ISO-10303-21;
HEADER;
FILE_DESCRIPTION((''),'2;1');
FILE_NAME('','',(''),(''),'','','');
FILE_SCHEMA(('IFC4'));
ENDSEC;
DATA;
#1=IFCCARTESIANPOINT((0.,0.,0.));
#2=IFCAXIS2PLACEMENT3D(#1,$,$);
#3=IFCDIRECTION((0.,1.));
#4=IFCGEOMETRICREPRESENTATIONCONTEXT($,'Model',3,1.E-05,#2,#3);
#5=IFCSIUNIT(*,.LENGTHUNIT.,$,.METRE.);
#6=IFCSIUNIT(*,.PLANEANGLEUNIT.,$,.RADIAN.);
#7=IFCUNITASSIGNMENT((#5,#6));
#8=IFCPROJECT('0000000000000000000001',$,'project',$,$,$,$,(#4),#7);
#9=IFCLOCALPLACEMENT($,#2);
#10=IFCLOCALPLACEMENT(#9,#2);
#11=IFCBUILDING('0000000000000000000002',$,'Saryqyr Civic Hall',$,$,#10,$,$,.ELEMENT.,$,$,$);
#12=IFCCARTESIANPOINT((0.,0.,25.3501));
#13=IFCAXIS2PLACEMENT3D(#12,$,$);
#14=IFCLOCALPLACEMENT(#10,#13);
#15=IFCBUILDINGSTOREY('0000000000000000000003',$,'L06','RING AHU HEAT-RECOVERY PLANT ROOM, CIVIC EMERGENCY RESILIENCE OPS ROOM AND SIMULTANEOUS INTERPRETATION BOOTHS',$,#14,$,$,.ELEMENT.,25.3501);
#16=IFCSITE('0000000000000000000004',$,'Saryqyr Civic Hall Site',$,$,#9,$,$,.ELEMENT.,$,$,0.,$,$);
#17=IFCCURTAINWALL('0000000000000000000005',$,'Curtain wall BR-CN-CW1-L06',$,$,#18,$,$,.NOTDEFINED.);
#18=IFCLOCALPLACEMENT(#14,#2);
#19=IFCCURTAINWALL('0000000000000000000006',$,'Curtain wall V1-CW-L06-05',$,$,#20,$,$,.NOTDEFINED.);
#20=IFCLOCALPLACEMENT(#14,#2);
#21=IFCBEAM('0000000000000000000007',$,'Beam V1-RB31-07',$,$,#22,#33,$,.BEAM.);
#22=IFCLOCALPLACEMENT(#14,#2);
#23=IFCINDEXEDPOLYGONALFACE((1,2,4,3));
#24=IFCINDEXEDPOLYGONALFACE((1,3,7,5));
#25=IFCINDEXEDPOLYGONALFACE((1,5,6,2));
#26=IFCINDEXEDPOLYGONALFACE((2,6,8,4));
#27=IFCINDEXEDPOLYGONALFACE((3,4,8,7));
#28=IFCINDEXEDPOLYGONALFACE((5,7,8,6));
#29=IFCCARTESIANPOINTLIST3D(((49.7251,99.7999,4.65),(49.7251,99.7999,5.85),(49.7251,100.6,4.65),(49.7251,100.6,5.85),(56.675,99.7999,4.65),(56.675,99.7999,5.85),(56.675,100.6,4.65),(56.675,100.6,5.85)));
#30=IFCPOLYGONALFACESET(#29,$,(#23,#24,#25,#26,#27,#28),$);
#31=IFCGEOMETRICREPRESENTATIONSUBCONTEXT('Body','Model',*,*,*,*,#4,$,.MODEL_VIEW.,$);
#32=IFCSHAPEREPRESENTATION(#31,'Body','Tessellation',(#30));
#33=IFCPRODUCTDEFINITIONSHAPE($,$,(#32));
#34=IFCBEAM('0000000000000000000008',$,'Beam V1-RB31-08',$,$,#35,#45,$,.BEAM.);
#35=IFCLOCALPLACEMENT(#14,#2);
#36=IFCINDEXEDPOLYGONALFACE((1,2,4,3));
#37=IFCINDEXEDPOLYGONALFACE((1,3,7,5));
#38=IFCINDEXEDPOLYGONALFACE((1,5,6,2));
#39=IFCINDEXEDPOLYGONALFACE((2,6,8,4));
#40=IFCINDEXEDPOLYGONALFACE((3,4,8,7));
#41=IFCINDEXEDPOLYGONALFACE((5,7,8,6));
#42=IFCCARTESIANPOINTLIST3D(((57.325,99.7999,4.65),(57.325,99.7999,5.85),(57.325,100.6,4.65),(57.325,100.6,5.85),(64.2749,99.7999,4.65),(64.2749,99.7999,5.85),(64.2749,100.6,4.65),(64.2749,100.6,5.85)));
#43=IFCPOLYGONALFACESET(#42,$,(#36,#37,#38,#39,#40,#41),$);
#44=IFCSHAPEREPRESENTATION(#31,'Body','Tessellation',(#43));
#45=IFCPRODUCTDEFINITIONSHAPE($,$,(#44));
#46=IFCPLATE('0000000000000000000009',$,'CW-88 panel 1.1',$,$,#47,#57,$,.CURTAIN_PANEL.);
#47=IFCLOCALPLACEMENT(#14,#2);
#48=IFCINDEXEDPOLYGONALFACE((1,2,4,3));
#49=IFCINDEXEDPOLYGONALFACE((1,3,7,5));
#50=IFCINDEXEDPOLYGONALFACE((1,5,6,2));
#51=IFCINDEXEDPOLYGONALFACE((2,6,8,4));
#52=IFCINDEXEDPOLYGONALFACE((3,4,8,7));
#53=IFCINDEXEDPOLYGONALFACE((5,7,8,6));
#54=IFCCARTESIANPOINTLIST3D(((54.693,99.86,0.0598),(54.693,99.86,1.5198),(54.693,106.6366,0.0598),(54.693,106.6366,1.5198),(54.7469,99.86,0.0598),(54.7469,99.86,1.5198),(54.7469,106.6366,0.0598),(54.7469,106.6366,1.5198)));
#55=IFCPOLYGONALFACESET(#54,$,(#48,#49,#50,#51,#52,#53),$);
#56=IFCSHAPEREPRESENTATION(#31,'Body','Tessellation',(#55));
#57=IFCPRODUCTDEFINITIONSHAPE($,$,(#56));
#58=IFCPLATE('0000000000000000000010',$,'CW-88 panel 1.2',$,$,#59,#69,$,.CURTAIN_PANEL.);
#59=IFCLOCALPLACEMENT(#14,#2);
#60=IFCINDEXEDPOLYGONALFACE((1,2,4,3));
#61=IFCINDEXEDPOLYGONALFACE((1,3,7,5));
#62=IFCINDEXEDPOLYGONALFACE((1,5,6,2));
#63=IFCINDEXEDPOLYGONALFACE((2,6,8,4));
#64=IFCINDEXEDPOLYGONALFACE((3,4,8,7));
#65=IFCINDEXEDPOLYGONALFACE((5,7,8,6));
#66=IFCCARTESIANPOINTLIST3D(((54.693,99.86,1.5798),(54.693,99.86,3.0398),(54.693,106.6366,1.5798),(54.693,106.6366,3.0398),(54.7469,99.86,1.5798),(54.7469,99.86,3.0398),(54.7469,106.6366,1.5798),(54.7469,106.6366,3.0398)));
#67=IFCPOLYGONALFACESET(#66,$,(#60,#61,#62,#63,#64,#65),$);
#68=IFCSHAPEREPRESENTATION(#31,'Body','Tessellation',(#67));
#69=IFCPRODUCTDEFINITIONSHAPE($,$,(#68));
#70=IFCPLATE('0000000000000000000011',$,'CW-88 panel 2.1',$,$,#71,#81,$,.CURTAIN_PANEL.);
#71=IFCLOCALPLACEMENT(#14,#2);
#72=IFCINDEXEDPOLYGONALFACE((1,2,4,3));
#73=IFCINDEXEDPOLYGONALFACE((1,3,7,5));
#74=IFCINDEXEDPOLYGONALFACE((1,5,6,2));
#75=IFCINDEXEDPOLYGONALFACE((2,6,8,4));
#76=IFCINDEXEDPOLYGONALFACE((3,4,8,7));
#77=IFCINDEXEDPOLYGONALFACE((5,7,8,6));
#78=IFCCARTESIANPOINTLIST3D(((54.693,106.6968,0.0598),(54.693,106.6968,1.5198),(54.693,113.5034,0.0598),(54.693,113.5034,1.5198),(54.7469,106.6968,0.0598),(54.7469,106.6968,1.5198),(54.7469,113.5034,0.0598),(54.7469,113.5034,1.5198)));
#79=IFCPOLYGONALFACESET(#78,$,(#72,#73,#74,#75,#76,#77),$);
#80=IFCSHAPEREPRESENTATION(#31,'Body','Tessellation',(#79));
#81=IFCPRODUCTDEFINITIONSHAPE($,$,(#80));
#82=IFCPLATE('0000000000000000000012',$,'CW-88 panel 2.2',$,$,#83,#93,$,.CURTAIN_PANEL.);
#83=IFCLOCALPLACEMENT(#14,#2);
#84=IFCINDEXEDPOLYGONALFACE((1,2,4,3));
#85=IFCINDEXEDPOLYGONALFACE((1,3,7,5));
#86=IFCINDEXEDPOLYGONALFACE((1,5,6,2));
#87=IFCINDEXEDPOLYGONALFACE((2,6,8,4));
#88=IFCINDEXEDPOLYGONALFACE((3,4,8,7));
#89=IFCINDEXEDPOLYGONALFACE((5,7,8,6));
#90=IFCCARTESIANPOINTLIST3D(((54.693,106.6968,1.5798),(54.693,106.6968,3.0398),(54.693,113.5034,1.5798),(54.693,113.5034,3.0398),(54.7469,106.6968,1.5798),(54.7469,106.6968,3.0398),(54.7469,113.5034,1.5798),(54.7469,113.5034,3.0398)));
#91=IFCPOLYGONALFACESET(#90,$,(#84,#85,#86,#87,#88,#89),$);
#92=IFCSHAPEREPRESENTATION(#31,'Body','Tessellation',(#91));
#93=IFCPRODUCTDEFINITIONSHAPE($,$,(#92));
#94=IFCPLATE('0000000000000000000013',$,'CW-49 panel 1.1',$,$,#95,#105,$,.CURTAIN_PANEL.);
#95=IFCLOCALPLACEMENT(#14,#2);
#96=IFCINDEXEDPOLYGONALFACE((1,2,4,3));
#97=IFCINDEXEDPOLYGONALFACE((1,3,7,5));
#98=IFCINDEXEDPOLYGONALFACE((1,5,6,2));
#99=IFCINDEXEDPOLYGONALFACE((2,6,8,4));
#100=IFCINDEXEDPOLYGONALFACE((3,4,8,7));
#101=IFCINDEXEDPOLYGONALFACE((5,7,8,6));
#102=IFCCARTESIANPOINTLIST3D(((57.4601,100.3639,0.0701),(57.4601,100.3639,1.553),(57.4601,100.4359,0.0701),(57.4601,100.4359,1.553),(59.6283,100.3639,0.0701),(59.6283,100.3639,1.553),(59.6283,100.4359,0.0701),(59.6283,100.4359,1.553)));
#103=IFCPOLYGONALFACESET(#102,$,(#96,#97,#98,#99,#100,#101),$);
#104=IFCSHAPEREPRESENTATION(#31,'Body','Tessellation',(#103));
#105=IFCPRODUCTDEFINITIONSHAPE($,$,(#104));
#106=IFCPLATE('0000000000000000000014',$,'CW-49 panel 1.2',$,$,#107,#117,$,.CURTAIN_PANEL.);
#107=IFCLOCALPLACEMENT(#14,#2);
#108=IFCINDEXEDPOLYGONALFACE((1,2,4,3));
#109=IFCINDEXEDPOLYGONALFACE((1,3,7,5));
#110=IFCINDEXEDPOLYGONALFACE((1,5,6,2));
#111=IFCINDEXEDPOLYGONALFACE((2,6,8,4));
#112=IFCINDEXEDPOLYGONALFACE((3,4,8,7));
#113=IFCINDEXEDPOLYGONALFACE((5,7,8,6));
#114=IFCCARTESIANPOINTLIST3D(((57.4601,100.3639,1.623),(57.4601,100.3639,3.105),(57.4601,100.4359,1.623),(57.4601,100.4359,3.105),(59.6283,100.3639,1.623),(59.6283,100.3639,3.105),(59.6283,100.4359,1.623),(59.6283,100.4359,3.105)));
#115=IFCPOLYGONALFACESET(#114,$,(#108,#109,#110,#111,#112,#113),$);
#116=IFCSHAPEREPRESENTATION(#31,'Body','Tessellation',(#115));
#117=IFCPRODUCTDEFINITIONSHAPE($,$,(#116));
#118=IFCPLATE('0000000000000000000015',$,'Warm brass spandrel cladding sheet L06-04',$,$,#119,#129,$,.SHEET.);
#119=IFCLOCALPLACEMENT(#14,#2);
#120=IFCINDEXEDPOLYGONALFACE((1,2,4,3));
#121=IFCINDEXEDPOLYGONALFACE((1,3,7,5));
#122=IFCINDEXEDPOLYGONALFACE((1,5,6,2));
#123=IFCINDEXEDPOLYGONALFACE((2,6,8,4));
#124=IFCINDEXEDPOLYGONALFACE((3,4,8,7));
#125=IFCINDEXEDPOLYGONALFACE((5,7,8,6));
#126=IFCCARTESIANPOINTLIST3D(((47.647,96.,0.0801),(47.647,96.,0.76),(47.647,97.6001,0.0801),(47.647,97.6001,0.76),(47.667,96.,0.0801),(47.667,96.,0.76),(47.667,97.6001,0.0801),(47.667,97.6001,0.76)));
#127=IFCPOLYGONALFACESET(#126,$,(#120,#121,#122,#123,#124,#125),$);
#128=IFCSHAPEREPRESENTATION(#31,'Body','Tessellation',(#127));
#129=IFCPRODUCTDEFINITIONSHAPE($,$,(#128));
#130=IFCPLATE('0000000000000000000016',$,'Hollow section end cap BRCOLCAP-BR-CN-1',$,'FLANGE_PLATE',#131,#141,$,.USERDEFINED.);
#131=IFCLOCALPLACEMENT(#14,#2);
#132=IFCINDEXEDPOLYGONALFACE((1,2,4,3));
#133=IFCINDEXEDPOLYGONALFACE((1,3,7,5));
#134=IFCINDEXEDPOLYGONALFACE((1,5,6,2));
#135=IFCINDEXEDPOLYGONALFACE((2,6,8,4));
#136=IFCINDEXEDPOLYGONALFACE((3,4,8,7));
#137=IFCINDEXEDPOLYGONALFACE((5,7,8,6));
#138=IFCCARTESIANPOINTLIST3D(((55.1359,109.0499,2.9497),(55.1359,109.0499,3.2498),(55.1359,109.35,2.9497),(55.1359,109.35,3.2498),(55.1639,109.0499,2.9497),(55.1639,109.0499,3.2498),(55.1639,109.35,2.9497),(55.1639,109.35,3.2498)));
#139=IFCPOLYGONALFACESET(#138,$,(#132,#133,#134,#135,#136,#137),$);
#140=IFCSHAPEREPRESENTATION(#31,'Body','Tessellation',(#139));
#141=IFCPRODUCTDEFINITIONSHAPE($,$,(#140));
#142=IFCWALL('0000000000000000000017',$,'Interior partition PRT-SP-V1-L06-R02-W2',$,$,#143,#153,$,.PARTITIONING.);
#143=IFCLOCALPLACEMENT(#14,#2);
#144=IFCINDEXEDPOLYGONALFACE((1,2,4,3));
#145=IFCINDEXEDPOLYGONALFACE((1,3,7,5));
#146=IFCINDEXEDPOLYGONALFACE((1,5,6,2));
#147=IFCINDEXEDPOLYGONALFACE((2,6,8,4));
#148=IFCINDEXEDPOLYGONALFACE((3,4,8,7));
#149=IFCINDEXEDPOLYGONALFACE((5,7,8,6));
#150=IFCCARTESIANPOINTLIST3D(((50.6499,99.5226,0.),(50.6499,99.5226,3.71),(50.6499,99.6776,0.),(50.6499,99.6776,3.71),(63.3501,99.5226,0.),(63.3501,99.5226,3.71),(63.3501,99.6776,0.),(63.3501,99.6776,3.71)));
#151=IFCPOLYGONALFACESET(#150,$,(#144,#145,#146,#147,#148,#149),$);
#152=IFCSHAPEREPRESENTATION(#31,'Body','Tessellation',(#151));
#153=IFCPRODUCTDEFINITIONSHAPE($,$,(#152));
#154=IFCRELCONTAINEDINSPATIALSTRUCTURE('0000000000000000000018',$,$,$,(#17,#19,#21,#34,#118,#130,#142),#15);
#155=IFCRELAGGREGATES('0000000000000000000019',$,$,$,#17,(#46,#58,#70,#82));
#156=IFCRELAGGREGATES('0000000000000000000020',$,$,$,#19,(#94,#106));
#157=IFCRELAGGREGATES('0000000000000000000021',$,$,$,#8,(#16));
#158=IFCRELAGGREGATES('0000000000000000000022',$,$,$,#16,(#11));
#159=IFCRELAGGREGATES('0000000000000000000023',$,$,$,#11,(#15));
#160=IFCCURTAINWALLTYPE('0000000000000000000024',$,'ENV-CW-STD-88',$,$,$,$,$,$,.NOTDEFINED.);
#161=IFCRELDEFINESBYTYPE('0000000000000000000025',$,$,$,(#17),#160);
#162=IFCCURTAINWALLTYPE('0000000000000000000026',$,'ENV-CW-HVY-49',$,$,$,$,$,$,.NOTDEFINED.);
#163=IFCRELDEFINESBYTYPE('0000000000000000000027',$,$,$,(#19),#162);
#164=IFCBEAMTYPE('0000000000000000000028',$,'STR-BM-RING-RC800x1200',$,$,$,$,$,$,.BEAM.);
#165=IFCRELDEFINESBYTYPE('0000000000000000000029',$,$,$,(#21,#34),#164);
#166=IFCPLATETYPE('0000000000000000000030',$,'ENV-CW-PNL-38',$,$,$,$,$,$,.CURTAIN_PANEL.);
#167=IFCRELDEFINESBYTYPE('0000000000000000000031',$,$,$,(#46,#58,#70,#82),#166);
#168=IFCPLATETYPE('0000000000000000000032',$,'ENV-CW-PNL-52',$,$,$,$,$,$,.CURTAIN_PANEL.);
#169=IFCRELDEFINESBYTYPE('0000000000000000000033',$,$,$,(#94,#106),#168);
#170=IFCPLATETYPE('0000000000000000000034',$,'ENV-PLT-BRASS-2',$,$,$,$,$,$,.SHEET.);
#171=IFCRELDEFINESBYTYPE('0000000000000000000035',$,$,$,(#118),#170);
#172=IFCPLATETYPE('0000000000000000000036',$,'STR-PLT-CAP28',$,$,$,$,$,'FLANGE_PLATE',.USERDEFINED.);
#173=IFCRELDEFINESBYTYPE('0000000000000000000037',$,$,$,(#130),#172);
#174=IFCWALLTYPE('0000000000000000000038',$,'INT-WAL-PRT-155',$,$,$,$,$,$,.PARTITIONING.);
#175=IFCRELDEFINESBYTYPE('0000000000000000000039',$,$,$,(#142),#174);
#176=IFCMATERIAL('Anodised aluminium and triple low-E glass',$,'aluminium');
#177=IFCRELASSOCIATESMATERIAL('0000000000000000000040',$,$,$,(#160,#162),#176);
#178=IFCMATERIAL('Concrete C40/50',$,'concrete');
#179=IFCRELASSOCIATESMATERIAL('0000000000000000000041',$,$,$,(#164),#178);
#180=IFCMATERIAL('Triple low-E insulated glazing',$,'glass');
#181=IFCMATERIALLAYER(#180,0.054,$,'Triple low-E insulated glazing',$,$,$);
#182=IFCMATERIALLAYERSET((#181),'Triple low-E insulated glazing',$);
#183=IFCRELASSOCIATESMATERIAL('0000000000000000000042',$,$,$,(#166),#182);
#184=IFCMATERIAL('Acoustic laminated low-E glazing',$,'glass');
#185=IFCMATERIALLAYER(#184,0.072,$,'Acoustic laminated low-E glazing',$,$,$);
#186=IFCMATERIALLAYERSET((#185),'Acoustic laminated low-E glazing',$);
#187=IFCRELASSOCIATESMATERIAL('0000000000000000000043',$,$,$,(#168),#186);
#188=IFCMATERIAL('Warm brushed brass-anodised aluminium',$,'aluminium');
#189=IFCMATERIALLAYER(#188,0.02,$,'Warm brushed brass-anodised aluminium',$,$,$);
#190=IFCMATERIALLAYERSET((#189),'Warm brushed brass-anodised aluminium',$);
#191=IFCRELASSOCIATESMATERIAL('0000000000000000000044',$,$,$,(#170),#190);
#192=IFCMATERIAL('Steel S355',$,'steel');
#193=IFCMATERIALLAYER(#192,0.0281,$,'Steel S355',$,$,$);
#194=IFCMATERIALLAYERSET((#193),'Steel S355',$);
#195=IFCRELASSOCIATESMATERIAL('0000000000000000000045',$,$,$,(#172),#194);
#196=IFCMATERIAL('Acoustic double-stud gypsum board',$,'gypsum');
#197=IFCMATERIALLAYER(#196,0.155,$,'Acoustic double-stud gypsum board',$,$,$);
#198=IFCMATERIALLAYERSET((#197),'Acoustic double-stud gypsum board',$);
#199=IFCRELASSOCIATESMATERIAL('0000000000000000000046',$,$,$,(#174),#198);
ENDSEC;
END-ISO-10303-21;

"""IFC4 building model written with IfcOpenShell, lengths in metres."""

from ifc_helpers import new_model, si_unit, direction, frame, frame_2d, origin, origin_2d, place, context, subcontext, project, spatial, rectangle, extrude, material, layer, layer_set, material_profile, profile_set, type_object, element, aggregate, save


model = new_model("IFC4")

# Units and contexts
model_context = context("Model", 3, precision=1e-05, world=origin(), true_north=direction((0.0, 1.0)))
body_context = subcontext(model_context, "Body", "Model", "MODEL_VIEW")
ifc_project = project(units=[si_unit("LENGTHUNIT", "METRE"), si_unit("PLANEANGLEUNIT", "RADIAN")], contexts=[model_context])

# Site, building, storey
site_placement = place(None, origin())
site = spatial("IfcSite", under=ifc_project, at=site_placement, Name="Saryqyr Civic Hall Site", CompositionType="ELEMENT", RefElevation=0.0)
building_placement = place(site_placement, origin())
building = spatial("IfcBuilding", under=site, at=building_placement, Name="Saryqyr Civic Hall", CompositionType="ELEMENT")
storey_placement = place(building_placement, frame((0.0, 0.0, 25.3501)))
storey = spatial("IfcBuildingStorey", under=building, at=storey_placement, Name="L06", Description="RING AHU HEAT-RECOVERY PLANT ROOM, CIVIC EMERGENCY RESILIENCE OPS ROOM AND SIMULTANEOUS INTERPRETATION BOOTHS", CompositionType="ELEMENT", Elevation=25.3501)

# Shared definitions
ifc_material_1 = material(Name="Steel S355", Category="steel")
ifc_material_2 = material(Name="Concrete C40/50", Category="concrete")

# Curtain wall
ifc_material_3 = material(Name="Anodised aluminium and triple low-E glass", Category="aluminium")
curtain_wall_type_1 = type_object("IfcCurtainWallType", Name="ENV-CW-STD-88", PredefinedType="NOTDEFINED", material=ifc_material_3)
curtain_wall_1_placement = place(storey_placement, origin())
curtain_wall_1 = element("IfcCurtainWall", 1, at=curtain_wall_1_placement, inside=storey, type_object=curtain_wall_type_1, Name="Curtain wall BR-CN-CW1-L06", PredefinedType="NOTDEFINED")

# Curtain wall
curtain_wall_type_2 = type_object("IfcCurtainWallType", Name="ENV-CW-HVY-49", PredefinedType="NOTDEFINED", material=ifc_material_3)
curtain_wall_2_placement = place(storey_placement, origin())
curtain_wall_2 = element("IfcCurtainWall", 2, at=curtain_wall_2_placement, inside=storey, type_object=curtain_wall_type_2, Name="Curtain wall V1-CW-L06-05", PredefinedType="NOTDEFINED")

# Beams
ifc_material_profile_1 = material_profile(ifc_material_2, rectangle(XDim=0.8, YDim=1.2, at=origin_2d()), Name="RC 800x1200")
ifc_profile_set_1 = profile_set([ifc_material_profile_1], Name="Concrete C40/50")
beam_type_1 = type_object("IfcBeamType", Name="STR-BM-RING-RC800x1200", PredefinedType="BEAM", material=ifc_profile_set_1)
for number, where, z_axis, x_axis, name in (
    (3, (49.7251, 100.2, 5.25), (1.0, 0.0, 0.0), (0.0, 1.0, 0.0), "Beam V1-RB31-07"),
    (4, (57.325, 100.2, 5.25), (1.0, 0.0, 0.0), (0.0, 1.0, 0.0), "Beam V1-RB31-08"),
):
    element("IfcBeam", number, at=place(storey_placement, frame(where, z_axis=z_axis, x_axis=x_axis)), inside=storey, type_object=beam_type_1, Name=name, PredefinedType="BEAM", context=body_context, shape_type="SweptSolid", body=[
        extrude(rectangle(XDim=0.8, YDim=1.2, at=origin_2d()), origin(), (0.0, 0.0, 1.0), 6.95),
    ])

# Plates
ifc_material_4 = material(Name="Triple low-E insulated glazing", Category="glass")
ifc_layer_1 = layer(ifc_material_4, 0.054, Name="Triple low-E insulated glazing")
ifc_layer_set_1 = layer_set([ifc_layer_1], Name="Triple low-E insulated glazing")
plate_type_1 = type_object("IfcPlateType", Name="ENV-CW-PNL-38", PredefinedType="CURTAIN_PANEL", material=ifc_layer_set_1)
plate_1_placement = place(storey_placement, frame((54.72, 103.2483, 0.0598), z_axis=(0.0, 0.0, 1.0), x_axis=(0.0, 1.0, 0.0)))
plate_1 = element("IfcPlate", 5, at=plate_1_placement, type_object=plate_type_1, Name="CW-88 panel 1.1", PredefinedType="CURTAIN_PANEL", context=body_context, shape_type="SweptSolid", body=[
    extrude(rectangle(XDim=6.7766, YDim=0.054, at=origin_2d()), origin(), (0.0, 0.0, 1.0), 1.46),
])
plate_2_placement = place(storey_placement, frame((54.72, 103.2483, 1.5798), z_axis=(0.0, 0.0, 1.0), x_axis=(0.0, 1.0, 0.0)))
plate_2 = element("IfcPlate", 6, at=plate_2_placement, type_object=plate_type_1, Name="CW-88 panel 1.2", PredefinedType="CURTAIN_PANEL", context=body_context, shape_type="SweptSolid", body=[
    extrude(rectangle(XDim=6.7766, YDim=0.054, at=origin_2d()), origin(), (0.0, 0.0, 1.0), 1.46),
])
plate_3_placement = place(storey_placement, frame((54.72, 110.1001, 0.0598), z_axis=(0.0, 0.0, 1.0), x_axis=(0.0, 1.0, 0.0)))
plate_3 = element("IfcPlate", 7, at=plate_3_placement, type_object=plate_type_1, Name="CW-88 panel 2.1", PredefinedType="CURTAIN_PANEL", context=body_context, shape_type="SweptSolid", body=[
    extrude(rectangle(XDim=6.8066, YDim=0.054, at=origin_2d()), origin(), (0.0, 0.0, 1.0), 1.46),
])
plate_4_placement = place(storey_placement, frame((54.72, 110.1001, 1.5798), z_axis=(0.0, 0.0, 1.0), x_axis=(0.0, 1.0, 0.0)))
plate_4 = element("IfcPlate", 8, at=plate_4_placement, type_object=plate_type_1, Name="CW-88 panel 2.2", PredefinedType="CURTAIN_PANEL", context=body_context, shape_type="SweptSolid", body=[
    extrude(rectangle(XDim=6.8066, YDim=0.054, at=origin_2d()), origin(), (0.0, 0.0, 1.0), 1.46),
])
aggregate(curtain_wall_1, [plate_1, plate_2, plate_3, plate_4])
ifc_material_5 = material(Name="Acoustic laminated low-E glazing", Category="glass")
ifc_layer_2 = layer(ifc_material_5, 0.072, Name="Acoustic laminated low-E glazing")
ifc_layer_set_2 = layer_set([ifc_layer_2], Name="Acoustic laminated low-E glazing")
plate_type_2 = type_object("IfcPlateType", Name="ENV-CW-PNL-52", PredefinedType="CURTAIN_PANEL", material=ifc_layer_set_2)
plate_5_placement = place(storey_placement, frame((58.5442, 100.3999, 0.0701), z_axis=(0.0, 0.0, 1.0), x_axis=(1.0, 0.0, 0.0)))
plate_5 = element("IfcPlate", 9, at=plate_5_placement, type_object=plate_type_2, Name="CW-49 panel 1.1", PredefinedType="CURTAIN_PANEL", context=body_context, shape_type="SweptSolid", body=[
    extrude(rectangle(XDim=2.1682, YDim=0.072, at=origin_2d()), origin(), (0.0, 0.0, 1.0), 1.4829),
])
plate_6_placement = place(storey_placement, frame((58.5442, 100.3999, 1.623), z_axis=(0.0, 0.0, 1.0), x_axis=(1.0, 0.0, 0.0)))
plate_6 = element("IfcPlate", 10, at=plate_6_placement, type_object=plate_type_2, Name="CW-49 panel 1.2", PredefinedType="CURTAIN_PANEL", context=body_context, shape_type="SweptSolid", body=[
    extrude(rectangle(XDim=2.1682, YDim=0.072, at=origin_2d()), origin(), (0.0, 0.0, 1.0), 1.4819),
])
aggregate(curtain_wall_2, [plate_5, plate_6])

# Plates
ifc_material_6 = material(Name="Warm brushed brass-anodised aluminium", Category="aluminium")
ifc_layer_3 = layer(ifc_material_6, 0.02, Name="Warm brushed brass-anodised aluminium")
ifc_layer_set_3 = layer_set([ifc_layer_3], Name="Warm brushed brass-anodised aluminium")
plate_type_3 = type_object("IfcPlateType", Name="ENV-PLT-BRASS-2", PredefinedType="SHEET", material=ifc_layer_set_3)
plate_7_placement = place(storey_placement, frame((47.657, 96.8, 0.0801), z_axis=(0.0, 0.0, 1.0), x_axis=(0.0, 1.0, 0.0)))
element("IfcPlate", 11, at=plate_7_placement, inside=storey, type_object=plate_type_3, Name="Warm brass spandrel cladding sheet L06-04", PredefinedType="SHEET", context=body_context, shape_type="SweptSolid", body=[
    extrude(rectangle(XDim=1.6001, YDim=0.02, at=origin_2d()), origin(), (0.0, 0.0, 1.0), 0.6799),
])
ifc_layer_4 = layer(ifc_material_1, 0.0281, Name="Steel S355")
ifc_layer_set_4 = layer_set([ifc_layer_4], Name="Steel S355")
plate_type_4 = type_object("IfcPlateType", Name="STR-PLT-CAP28", ElementType="FLANGE_PLATE", PredefinedType="USERDEFINED", material=ifc_layer_set_4)
plate_8_placement = place(storey_placement, frame((55.1499, 109.2, 2.9497), z_axis=(0.0, 0.0, 1.0), x_axis=(1.0, 0.0, 0.0)))
element("IfcPlate", 12, at=plate_8_placement, inside=storey, type_object=plate_type_4, Name="Hollow section end cap BRCOLCAP-BR-CN-1", ObjectType="FLANGE_PLATE", PredefinedType="USERDEFINED", context=body_context, shape_type="SweptSolid", body=[
    extrude(rectangle(XDim=0.0281, YDim=0.3, at=origin_2d()), origin(), (0.0, 0.0, 1.0), 0.3),
])

# Wall
ifc_material_7 = material(Name="Acoustic double-stud gypsum board", Category="gypsum")
ifc_layer_5 = layer(ifc_material_7, 0.155, Name="Acoustic double-stud gypsum board")
ifc_layer_set_5 = layer_set([ifc_layer_5], Name="Acoustic double-stud gypsum board")
wall_type = type_object("IfcWallType", Name="INT-WAL-PRT-155", PredefinedType="PARTITIONING", material=ifc_layer_set_5)
wall_placement = place(storey_placement, frame((50.6499, 99.6001, 0.0), z_axis=(0.0, 0.0, 1.0), x_axis=(1.0, 0.0, 0.0)))
element("IfcWall", 13, at=wall_placement, inside=storey, type_object=wall_type, Name="Interior partition PRT-SP-V1-L06-R02-W2", PredefinedType="PARTITIONING", context=body_context, shape_type="SweptSolid", body=[
    extrude(rectangle(XDim=12.7002, YDim=0.155, at=frame_2d((6.3501, 0.0))), origin(), (0.0, 0.0, 1.0), 3.71),
])

save(model, "model.ifc")
